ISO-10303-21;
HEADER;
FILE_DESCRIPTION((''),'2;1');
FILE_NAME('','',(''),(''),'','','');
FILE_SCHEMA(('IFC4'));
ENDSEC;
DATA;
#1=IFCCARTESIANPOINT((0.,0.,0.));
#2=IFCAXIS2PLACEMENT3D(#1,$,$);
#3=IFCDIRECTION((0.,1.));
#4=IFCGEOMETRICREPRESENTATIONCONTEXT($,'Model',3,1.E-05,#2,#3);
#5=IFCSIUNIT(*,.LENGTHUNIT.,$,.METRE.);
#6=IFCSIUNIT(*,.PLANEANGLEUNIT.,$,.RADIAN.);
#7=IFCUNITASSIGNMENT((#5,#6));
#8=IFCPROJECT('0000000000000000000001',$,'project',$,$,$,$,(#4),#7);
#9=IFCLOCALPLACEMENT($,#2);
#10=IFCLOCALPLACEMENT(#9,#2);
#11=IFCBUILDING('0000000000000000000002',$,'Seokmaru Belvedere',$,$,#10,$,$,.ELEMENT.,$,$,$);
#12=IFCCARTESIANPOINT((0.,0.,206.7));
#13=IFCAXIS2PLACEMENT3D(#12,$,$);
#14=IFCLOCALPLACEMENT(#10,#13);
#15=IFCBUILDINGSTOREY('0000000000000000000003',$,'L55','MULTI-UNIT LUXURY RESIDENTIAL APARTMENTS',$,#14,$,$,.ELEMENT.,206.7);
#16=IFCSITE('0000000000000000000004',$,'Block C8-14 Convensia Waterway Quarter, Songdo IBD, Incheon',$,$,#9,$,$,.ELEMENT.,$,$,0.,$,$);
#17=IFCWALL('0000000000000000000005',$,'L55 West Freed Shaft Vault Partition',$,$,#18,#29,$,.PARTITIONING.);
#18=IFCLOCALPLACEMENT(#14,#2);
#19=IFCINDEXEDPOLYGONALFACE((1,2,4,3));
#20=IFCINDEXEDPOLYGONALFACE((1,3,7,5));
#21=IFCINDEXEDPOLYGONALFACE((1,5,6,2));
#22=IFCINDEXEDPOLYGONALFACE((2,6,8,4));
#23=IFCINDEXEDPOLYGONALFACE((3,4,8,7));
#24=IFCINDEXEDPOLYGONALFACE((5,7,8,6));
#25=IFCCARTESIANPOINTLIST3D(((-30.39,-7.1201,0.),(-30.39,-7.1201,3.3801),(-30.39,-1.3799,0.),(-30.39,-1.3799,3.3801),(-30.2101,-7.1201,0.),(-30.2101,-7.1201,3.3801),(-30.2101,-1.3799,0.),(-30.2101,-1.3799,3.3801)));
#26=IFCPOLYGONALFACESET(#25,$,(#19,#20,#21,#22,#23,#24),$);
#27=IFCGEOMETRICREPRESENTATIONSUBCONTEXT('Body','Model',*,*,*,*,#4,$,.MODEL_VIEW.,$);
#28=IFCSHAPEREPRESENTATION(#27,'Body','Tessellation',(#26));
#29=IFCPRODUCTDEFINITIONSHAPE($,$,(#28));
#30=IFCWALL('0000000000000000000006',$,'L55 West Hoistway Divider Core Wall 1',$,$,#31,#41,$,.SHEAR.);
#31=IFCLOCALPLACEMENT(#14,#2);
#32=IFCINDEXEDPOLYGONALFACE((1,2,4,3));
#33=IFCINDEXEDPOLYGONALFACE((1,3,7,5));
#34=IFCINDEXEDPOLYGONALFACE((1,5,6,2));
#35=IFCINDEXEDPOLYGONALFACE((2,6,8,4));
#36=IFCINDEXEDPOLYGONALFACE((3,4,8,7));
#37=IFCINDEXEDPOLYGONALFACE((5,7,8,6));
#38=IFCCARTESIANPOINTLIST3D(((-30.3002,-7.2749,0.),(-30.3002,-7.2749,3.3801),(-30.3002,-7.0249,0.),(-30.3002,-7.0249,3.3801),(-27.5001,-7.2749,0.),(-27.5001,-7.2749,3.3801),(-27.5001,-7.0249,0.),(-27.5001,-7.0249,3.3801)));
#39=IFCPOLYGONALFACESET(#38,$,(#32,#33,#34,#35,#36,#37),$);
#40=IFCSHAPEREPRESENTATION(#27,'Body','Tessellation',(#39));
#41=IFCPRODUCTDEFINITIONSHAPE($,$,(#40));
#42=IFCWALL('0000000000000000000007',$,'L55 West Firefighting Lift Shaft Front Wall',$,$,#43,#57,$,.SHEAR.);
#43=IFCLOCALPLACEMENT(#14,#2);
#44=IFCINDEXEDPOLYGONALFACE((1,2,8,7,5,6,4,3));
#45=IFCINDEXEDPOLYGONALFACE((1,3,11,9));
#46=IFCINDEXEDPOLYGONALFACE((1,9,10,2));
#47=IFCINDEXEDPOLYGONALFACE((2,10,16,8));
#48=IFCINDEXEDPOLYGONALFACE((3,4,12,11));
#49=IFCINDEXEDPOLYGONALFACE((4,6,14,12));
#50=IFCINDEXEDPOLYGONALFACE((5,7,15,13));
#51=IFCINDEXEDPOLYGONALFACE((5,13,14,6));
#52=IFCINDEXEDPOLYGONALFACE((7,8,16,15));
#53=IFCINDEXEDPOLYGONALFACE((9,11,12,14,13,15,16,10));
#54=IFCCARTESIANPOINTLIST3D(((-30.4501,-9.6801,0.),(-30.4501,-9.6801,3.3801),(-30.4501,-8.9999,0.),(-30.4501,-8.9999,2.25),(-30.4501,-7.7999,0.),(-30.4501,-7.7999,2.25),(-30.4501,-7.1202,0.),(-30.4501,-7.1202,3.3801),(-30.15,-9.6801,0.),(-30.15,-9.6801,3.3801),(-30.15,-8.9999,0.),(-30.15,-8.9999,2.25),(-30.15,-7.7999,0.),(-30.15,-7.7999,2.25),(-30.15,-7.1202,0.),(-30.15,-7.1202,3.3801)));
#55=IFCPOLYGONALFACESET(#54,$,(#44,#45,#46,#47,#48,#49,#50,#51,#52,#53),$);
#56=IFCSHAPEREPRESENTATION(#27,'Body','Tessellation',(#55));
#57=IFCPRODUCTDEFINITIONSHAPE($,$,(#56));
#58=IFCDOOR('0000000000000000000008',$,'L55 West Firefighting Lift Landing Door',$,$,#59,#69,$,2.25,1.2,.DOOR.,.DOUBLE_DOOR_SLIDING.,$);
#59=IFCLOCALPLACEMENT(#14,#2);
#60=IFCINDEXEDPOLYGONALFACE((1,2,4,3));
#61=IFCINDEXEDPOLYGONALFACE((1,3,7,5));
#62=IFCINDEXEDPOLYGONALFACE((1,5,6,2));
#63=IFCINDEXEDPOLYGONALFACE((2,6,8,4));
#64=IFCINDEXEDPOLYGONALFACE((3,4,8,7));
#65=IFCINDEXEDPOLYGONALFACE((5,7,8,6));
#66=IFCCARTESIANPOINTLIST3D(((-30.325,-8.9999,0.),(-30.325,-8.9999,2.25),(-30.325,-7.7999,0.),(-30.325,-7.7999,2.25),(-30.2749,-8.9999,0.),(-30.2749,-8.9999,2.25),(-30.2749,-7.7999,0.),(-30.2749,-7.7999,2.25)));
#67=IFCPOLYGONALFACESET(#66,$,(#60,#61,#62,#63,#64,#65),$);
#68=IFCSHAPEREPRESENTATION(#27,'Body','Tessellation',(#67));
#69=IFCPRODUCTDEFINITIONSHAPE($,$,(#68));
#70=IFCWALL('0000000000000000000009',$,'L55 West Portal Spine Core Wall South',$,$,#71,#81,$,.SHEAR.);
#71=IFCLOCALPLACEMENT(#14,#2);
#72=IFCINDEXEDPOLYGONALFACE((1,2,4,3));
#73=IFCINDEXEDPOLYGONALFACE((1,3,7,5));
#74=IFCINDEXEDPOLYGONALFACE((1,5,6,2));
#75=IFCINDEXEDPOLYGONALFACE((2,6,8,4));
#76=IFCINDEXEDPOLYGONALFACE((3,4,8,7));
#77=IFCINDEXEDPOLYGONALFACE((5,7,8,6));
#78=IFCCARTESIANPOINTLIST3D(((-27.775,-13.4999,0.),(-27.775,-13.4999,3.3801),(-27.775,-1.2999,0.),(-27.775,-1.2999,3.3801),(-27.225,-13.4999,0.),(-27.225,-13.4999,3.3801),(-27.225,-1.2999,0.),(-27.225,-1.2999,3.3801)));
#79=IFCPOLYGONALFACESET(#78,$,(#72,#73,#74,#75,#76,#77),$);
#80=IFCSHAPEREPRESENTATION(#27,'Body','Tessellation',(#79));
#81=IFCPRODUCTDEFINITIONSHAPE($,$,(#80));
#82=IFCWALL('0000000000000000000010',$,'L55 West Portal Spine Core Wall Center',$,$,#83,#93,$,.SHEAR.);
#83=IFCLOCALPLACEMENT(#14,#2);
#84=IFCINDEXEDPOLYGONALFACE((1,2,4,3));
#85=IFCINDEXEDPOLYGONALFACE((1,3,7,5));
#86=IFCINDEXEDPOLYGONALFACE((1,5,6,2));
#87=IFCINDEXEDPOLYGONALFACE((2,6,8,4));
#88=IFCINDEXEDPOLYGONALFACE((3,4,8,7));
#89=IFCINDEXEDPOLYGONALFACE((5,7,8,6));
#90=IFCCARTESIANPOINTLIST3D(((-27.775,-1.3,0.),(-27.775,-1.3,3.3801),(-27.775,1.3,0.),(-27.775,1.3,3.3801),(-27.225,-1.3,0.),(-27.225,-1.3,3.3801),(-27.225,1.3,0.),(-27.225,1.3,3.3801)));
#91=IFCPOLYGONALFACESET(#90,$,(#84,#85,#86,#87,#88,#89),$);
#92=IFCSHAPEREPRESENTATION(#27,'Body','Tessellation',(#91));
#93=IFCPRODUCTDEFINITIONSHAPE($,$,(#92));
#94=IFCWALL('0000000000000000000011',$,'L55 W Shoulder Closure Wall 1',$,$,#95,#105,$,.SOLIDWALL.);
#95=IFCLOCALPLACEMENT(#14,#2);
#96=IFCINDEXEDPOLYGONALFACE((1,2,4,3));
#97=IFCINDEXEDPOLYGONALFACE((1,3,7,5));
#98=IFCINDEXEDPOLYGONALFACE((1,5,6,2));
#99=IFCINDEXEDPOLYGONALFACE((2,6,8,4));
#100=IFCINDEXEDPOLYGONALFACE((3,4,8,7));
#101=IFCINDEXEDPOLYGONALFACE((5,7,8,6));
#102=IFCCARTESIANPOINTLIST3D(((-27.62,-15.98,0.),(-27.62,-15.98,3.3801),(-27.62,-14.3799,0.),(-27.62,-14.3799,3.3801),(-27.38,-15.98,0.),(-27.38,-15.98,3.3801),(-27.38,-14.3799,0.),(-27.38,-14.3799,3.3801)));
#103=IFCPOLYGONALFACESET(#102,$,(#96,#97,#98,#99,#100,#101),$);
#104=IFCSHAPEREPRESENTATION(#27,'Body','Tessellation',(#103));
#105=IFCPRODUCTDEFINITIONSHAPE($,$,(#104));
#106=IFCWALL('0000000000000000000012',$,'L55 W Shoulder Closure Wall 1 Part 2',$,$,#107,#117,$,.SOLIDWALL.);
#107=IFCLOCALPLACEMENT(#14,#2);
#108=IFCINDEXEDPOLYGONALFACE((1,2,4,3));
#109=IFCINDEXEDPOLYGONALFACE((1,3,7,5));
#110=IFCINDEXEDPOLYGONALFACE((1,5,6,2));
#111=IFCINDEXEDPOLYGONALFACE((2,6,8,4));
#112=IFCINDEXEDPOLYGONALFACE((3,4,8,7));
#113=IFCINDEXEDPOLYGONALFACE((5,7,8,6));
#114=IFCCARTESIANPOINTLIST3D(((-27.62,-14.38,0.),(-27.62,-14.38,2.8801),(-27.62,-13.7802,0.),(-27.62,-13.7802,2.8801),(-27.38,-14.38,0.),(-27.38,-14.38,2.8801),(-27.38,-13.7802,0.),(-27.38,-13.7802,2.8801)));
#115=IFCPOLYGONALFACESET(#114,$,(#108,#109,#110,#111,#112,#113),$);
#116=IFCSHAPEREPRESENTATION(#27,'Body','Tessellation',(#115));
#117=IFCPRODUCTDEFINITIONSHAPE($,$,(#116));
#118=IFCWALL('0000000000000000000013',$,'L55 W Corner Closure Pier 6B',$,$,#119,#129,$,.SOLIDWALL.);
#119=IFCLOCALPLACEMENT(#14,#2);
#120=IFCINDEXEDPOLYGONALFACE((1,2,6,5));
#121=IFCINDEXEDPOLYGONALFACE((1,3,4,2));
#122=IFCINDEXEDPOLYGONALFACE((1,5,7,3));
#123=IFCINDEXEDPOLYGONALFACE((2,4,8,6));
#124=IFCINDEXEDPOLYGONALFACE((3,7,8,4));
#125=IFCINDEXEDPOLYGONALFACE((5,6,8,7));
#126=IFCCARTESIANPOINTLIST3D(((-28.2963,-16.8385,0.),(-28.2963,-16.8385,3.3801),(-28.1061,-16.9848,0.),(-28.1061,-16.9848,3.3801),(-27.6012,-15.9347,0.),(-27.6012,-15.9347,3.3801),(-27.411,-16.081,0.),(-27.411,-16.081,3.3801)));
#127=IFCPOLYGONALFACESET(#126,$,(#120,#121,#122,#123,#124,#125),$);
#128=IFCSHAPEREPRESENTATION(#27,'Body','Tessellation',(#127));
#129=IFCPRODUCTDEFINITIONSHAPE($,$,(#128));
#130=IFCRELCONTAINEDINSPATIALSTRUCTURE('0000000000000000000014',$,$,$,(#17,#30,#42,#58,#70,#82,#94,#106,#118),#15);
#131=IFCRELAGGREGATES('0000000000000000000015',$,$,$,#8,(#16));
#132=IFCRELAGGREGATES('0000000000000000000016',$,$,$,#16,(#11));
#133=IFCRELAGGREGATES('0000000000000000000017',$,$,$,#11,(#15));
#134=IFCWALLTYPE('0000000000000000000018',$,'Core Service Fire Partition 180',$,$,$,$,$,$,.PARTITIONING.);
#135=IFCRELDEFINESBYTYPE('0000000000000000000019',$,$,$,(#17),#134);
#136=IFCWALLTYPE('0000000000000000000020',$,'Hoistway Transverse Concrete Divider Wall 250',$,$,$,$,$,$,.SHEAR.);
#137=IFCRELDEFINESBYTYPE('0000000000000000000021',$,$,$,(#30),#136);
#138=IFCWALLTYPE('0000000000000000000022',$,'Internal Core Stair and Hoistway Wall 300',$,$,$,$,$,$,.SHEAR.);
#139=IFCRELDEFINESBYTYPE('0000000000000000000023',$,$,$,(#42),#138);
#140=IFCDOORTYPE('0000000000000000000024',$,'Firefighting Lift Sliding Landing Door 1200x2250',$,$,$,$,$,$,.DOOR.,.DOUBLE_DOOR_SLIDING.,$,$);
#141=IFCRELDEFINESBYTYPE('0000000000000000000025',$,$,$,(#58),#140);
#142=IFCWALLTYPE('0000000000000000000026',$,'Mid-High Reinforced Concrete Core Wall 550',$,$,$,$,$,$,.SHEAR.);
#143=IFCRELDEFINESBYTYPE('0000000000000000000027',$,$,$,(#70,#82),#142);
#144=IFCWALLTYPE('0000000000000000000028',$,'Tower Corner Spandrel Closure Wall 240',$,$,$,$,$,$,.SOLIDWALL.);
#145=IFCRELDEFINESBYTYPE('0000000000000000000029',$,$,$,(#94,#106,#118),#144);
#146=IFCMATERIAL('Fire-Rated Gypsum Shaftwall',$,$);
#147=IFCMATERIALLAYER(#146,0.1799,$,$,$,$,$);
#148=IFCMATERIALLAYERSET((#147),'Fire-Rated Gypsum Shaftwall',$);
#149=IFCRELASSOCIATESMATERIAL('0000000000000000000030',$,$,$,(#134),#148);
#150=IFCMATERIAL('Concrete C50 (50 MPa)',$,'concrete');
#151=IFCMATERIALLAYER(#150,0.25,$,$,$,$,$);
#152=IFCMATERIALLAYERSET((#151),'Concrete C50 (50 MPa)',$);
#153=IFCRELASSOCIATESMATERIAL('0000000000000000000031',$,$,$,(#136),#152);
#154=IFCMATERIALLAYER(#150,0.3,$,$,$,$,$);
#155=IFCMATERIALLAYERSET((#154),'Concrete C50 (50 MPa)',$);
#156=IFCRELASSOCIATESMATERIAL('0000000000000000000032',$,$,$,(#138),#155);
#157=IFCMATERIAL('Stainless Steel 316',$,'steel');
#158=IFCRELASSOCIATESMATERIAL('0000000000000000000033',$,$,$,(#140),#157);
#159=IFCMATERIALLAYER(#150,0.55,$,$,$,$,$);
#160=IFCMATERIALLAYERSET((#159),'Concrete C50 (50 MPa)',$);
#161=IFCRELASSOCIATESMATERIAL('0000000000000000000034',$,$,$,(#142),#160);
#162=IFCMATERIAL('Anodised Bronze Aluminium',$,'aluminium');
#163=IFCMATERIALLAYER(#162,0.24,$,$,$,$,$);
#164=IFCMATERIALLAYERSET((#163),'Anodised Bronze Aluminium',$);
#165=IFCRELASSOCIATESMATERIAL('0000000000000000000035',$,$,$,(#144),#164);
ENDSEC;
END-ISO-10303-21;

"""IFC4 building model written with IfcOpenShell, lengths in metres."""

from ifc_helpers import new_model, si_unit, direction, frame, frame_2d, origin, place, context, subcontext, project, spatial, rectangle, extrude, source, transform, mapped, material, layer, layer_set, type_object, type_shapes, element, fill, save


model = new_model("IFC4")

# Units and contexts
model_context = context("Model", 3, precision=1e-05, world=origin(), true_north=direction((0.0, 1.0)))
body_context = subcontext(model_context, "Body", "Model", "MODEL_VIEW")
ifc_project = project(units=[si_unit("LENGTHUNIT", "METRE"), si_unit("PLANEANGLEUNIT", "RADIAN")], contexts=[model_context])

# Site, building, storey
site_placement = place(None, origin())
site = spatial("IfcSite", under=ifc_project, at=site_placement, Name="Block C8-14 Convensia Waterway Quarter, Songdo IBD, Incheon", CompositionType="ELEMENT", RefElevation=0.0)
building_placement = place(site_placement, origin())
building = spatial("IfcBuilding", under=site, at=building_placement, Name="Seokmaru Belvedere", CompositionType="ELEMENT")
storey_placement = place(building_placement, frame((0.0, 0.0, 206.7)))
storey = spatial("IfcBuildingStorey", under=building, at=storey_placement, Name="L55", Description="MULTI-UNIT LUXURY RESIDENTIAL APARTMENTS", CompositionType="ELEMENT", Elevation=206.7)

# Shared definitions
ifc_material_1 = material(Name="Anodised Bronze Aluminium", Category="aluminium")

# Shared definitions
ifc_material_2 = material(Name="Fire-Rated Gypsum Shaftwall")
ifc_layer_1 = layer(ifc_material_2, 0.1799)
ifc_layer_set_1 = layer_set([ifc_layer_1], Name="Fire-Rated Gypsum Shaftwall")
wall_type_1 = type_object("IfcWallType", Name="Core Service Fire Partition 180", PredefinedType="PARTITIONING", material=ifc_layer_set_1)

# Walls
wall_1_placement = place(storey_placement, frame((-30.3, -7.1201, 0.0), z_axis=(0.0, 0.0, 1.0), x_axis=(0.0, 1.0, 0.0)))
element("IfcWall", 1, at=wall_1_placement, inside=storey, type_object=wall_type_1, Name="L55 West Freed Shaft Vault Partition", PredefinedType="PARTITIONING", context=body_context, shape_type="SweptSolid", body=[
    extrude(rectangle(XDim=5.7402, YDim=0.1799, at=frame_2d((2.8701, 0.0))), origin(), (0.0, 0.0, 1.0), 3.3801),
])
ifc_material_3 = material(Name="Concrete C50 (50 MPa)", Category="concrete")
ifc_layer_2 = layer(ifc_material_3, 0.25)
ifc_layer_set_2 = layer_set([ifc_layer_2], Name="Concrete C50 (50 MPa)")
wall_type_2 = type_object("IfcWallType", Name="Hoistway Transverse Concrete Divider Wall 250", PredefinedType="SHEAR", material=ifc_layer_set_2)
wall_2_placement = place(storey_placement, frame((-30.3, -7.1499, 0.0), z_axis=(0.0, 0.0, 1.0), x_axis=(1.0, 0.0, 0.0)))
element("IfcWall", 2, at=wall_2_placement, inside=storey, type_object=wall_type_2, Name="L55 West Hoistway Divider Core Wall 1", PredefinedType="SHEAR", context=body_context, shape_type="SweptSolid", body=[
    extrude(rectangle(XDim=2.8, YDim=0.25, at=frame_2d((1.3999, 0.0))), origin(), (0.0, 0.0, 1.0), 3.3801),
])

# Wall, opening, door
ifc_layer_3 = layer(ifc_material_3, 0.3)
ifc_layer_set_3 = layer_set([ifc_layer_3], Name="Concrete C50 (50 MPa)")
wall_type_3 = type_object("IfcWallType", Name="Internal Core Stair and Hoistway Wall 300", PredefinedType="SHEAR", material=ifc_layer_set_3)
wall_3_placement = place(storey_placement, frame((-30.3, -9.6799, 0.0), z_axis=(0.0, 0.0, 1.0), x_axis=(0.0, 1.0, 0.0)))
wall_3 = element("IfcWall", 3, at=wall_3_placement, inside=storey, type_object=wall_type_3, Name="L55 West Firefighting Lift Shaft Front Wall", PredefinedType="SHEAR", context=body_context, shape_type="SweptSolid", body=[
    extrude(rectangle(XDim=2.5598, YDim=0.3, at=frame_2d((1.2798, 0.0))), origin(), (0.0, 0.0, 1.0), 3.3801),
])
opening_1_placement = place(wall_3_placement, frame((0.6799, 0.0, 0.0)))
opening_1 = element("IfcOpeningElement", 4, at=opening_1_placement, cuts=wall_3, PredefinedType="OPENING", context=body_context, shape_type="SweptSolid", body=[
    extrude(rectangle(XDim=1.2, YDim=2.25, at=frame_2d((0.6001, 1.125))), frame((0.0, 0.1602, 0.0), z_axis=(0.0, -1.0, 0.0), x_axis=(1.0, 0.0, 0.0)), (0.0, 0.0, 1.0), 0.3201),
])
ifc_material_4 = material(Name="Stainless Steel 316", Category="steel")
door_type_1 = type_object("IfcDoorType", Name="Firefighting Lift Sliding Landing Door 1200x2250", OperationType="DOUBLE_DOOR_SLIDING", PredefinedType="DOOR", material=ifc_material_4)
shared_shape_1 = source(origin(), body_context, "Body", "SweptSolid", [
    extrude(rectangle(XDim=1.2, YDim=2.25, at=frame_2d((0.6001, 1.125))), frame((0.0, 0.0249, 0.0), z_axis=(0.0, -1.0, 0.0), x_axis=(1.0, 0.0, 0.0)), (0.0, 0.0, 1.0), 0.05),
])
type_shapes(door_type_1, [shared_shape_1])
door_1_placement = place(opening_1_placement, origin())
door_1 = element("IfcDoor", 5, at=door_1_placement, inside=storey, type_object=door_type_1, Name="L55 West Firefighting Lift Landing Door", OperationType="DOUBLE_DOOR_SLIDING", OverallHeight=2.25, OverallWidth=1.2, PredefinedType="DOOR", context=body_context, shape_type="MappedRepresentation", body=[
    mapped(shared_shape_1, transform((0.0, 0.0, 0.0), scale=1.0)),
])
fill(opening_1, door_1)

# Walls
ifc_layer_4 = layer(ifc_material_3, 0.55)
ifc_layer_set_4 = layer_set([ifc_layer_4], Name="Concrete C50 (50 MPa)")
wall_type_4 = type_object("IfcWallType", Name="Mid-High Reinforced Concrete Core Wall 550", PredefinedType="SHEAR", material=ifc_layer_set_4)
wall_4_placement = place(storey_placement, frame((-27.5, -13.5, 0.0), z_axis=(0.0, 0.0, 1.0), x_axis=(0.0, 1.0, 0.0)))
element("IfcWall", 6, at=wall_4_placement, inside=storey, type_object=wall_type_4, Name="L55 West Portal Spine Core Wall South", PredefinedType="SHEAR", context=body_context, shape_type="SweptSolid", body=[
    extrude(rectangle(XDim=12.2, YDim=0.55, at=frame_2d((6.1001, 0.0))), origin(), (0.0, 0.0, 1.0), 3.3801),
])
wall_5_placement = place(storey_placement, frame((-27.5, -1.3, 0.0), z_axis=(0.0, 0.0, 1.0), x_axis=(0.0, 1.0, 0.0)))
element("IfcWall", 7, at=wall_5_placement, inside=storey, type_object=wall_type_4, Name="L55 West Portal Spine Core Wall Center", PredefinedType="SHEAR", context=body_context, shape_type="SweptSolid", body=[
    extrude(rectangle(XDim=2.6001, YDim=0.55, at=frame_2d((1.3, 0.0))), origin(), (0.0, 0.0, 1.0), 3.3801),
])
ifc_layer_5 = layer(ifc_material_1, 0.24)
ifc_layer_set_5 = layer_set([ifc_layer_5], Name="Anodised Bronze Aluminium")
wall_type_5 = type_object("IfcWallType", Name="Tower Corner Spandrel Closure Wall 240", PredefinedType="SOLIDWALL", material=ifc_layer_set_5)
wall_6_placement = place(storey_placement, frame((-27.5, -15.98, 0.0), z_axis=(0.0, 0.0, 1.0), x_axis=(0.0, 1.0, 0.0)))
element("IfcWall", 8, at=wall_6_placement, inside=storey, type_object=wall_type_5, Name="L55 W Shoulder Closure Wall 1", PredefinedType="SOLIDWALL", context=body_context, shape_type="SweptSolid", body=[
    extrude(rectangle(XDim=1.6001, YDim=0.24, at=frame_2d((0.8, 0.0))), origin(), (0.0, 0.0, 1.0), 3.3801),
])
wall_7_placement = place(storey_placement, frame((-27.5, -14.3799, 0.0), z_axis=(0.0, 0.0, 1.0), x_axis=(0.0, 1.0, 0.0)))
element("IfcWall", 9, at=wall_7_placement, inside=storey, type_object=wall_type_5, Name="L55 W Shoulder Closure Wall 1 Part 2", PredefinedType="SOLIDWALL", context=body_context, shape_type="SweptSolid", body=[
    extrude(rectangle(XDim=0.5999, YDim=0.24, at=frame_2d((0.2998, 0.0))), origin(), (0.0, 0.0, 1.0), 2.8801),
])
wall_8_placement = place(storey_placement, frame((-28.2012, -16.9116, 0.0), z_axis=(0.0, 0.0, 1.0), x_axis=(0.609618, 0.792696, 0.0)))
element("IfcWall", 10, at=wall_8_placement, inside=storey, type_object=wall_type_5, Name="L55 W Corner Closure Pier 6B", PredefinedType="SOLIDWALL", context=body_context, shape_type="SweptSolid", body=[
    extrude(rectangle(XDim=1.1401, YDim=0.24, at=frame_2d((0.5701, 0.0))), origin(), (0.0, 0.0, 1.0), 3.3801),
])

save(model, "model.ifc")
